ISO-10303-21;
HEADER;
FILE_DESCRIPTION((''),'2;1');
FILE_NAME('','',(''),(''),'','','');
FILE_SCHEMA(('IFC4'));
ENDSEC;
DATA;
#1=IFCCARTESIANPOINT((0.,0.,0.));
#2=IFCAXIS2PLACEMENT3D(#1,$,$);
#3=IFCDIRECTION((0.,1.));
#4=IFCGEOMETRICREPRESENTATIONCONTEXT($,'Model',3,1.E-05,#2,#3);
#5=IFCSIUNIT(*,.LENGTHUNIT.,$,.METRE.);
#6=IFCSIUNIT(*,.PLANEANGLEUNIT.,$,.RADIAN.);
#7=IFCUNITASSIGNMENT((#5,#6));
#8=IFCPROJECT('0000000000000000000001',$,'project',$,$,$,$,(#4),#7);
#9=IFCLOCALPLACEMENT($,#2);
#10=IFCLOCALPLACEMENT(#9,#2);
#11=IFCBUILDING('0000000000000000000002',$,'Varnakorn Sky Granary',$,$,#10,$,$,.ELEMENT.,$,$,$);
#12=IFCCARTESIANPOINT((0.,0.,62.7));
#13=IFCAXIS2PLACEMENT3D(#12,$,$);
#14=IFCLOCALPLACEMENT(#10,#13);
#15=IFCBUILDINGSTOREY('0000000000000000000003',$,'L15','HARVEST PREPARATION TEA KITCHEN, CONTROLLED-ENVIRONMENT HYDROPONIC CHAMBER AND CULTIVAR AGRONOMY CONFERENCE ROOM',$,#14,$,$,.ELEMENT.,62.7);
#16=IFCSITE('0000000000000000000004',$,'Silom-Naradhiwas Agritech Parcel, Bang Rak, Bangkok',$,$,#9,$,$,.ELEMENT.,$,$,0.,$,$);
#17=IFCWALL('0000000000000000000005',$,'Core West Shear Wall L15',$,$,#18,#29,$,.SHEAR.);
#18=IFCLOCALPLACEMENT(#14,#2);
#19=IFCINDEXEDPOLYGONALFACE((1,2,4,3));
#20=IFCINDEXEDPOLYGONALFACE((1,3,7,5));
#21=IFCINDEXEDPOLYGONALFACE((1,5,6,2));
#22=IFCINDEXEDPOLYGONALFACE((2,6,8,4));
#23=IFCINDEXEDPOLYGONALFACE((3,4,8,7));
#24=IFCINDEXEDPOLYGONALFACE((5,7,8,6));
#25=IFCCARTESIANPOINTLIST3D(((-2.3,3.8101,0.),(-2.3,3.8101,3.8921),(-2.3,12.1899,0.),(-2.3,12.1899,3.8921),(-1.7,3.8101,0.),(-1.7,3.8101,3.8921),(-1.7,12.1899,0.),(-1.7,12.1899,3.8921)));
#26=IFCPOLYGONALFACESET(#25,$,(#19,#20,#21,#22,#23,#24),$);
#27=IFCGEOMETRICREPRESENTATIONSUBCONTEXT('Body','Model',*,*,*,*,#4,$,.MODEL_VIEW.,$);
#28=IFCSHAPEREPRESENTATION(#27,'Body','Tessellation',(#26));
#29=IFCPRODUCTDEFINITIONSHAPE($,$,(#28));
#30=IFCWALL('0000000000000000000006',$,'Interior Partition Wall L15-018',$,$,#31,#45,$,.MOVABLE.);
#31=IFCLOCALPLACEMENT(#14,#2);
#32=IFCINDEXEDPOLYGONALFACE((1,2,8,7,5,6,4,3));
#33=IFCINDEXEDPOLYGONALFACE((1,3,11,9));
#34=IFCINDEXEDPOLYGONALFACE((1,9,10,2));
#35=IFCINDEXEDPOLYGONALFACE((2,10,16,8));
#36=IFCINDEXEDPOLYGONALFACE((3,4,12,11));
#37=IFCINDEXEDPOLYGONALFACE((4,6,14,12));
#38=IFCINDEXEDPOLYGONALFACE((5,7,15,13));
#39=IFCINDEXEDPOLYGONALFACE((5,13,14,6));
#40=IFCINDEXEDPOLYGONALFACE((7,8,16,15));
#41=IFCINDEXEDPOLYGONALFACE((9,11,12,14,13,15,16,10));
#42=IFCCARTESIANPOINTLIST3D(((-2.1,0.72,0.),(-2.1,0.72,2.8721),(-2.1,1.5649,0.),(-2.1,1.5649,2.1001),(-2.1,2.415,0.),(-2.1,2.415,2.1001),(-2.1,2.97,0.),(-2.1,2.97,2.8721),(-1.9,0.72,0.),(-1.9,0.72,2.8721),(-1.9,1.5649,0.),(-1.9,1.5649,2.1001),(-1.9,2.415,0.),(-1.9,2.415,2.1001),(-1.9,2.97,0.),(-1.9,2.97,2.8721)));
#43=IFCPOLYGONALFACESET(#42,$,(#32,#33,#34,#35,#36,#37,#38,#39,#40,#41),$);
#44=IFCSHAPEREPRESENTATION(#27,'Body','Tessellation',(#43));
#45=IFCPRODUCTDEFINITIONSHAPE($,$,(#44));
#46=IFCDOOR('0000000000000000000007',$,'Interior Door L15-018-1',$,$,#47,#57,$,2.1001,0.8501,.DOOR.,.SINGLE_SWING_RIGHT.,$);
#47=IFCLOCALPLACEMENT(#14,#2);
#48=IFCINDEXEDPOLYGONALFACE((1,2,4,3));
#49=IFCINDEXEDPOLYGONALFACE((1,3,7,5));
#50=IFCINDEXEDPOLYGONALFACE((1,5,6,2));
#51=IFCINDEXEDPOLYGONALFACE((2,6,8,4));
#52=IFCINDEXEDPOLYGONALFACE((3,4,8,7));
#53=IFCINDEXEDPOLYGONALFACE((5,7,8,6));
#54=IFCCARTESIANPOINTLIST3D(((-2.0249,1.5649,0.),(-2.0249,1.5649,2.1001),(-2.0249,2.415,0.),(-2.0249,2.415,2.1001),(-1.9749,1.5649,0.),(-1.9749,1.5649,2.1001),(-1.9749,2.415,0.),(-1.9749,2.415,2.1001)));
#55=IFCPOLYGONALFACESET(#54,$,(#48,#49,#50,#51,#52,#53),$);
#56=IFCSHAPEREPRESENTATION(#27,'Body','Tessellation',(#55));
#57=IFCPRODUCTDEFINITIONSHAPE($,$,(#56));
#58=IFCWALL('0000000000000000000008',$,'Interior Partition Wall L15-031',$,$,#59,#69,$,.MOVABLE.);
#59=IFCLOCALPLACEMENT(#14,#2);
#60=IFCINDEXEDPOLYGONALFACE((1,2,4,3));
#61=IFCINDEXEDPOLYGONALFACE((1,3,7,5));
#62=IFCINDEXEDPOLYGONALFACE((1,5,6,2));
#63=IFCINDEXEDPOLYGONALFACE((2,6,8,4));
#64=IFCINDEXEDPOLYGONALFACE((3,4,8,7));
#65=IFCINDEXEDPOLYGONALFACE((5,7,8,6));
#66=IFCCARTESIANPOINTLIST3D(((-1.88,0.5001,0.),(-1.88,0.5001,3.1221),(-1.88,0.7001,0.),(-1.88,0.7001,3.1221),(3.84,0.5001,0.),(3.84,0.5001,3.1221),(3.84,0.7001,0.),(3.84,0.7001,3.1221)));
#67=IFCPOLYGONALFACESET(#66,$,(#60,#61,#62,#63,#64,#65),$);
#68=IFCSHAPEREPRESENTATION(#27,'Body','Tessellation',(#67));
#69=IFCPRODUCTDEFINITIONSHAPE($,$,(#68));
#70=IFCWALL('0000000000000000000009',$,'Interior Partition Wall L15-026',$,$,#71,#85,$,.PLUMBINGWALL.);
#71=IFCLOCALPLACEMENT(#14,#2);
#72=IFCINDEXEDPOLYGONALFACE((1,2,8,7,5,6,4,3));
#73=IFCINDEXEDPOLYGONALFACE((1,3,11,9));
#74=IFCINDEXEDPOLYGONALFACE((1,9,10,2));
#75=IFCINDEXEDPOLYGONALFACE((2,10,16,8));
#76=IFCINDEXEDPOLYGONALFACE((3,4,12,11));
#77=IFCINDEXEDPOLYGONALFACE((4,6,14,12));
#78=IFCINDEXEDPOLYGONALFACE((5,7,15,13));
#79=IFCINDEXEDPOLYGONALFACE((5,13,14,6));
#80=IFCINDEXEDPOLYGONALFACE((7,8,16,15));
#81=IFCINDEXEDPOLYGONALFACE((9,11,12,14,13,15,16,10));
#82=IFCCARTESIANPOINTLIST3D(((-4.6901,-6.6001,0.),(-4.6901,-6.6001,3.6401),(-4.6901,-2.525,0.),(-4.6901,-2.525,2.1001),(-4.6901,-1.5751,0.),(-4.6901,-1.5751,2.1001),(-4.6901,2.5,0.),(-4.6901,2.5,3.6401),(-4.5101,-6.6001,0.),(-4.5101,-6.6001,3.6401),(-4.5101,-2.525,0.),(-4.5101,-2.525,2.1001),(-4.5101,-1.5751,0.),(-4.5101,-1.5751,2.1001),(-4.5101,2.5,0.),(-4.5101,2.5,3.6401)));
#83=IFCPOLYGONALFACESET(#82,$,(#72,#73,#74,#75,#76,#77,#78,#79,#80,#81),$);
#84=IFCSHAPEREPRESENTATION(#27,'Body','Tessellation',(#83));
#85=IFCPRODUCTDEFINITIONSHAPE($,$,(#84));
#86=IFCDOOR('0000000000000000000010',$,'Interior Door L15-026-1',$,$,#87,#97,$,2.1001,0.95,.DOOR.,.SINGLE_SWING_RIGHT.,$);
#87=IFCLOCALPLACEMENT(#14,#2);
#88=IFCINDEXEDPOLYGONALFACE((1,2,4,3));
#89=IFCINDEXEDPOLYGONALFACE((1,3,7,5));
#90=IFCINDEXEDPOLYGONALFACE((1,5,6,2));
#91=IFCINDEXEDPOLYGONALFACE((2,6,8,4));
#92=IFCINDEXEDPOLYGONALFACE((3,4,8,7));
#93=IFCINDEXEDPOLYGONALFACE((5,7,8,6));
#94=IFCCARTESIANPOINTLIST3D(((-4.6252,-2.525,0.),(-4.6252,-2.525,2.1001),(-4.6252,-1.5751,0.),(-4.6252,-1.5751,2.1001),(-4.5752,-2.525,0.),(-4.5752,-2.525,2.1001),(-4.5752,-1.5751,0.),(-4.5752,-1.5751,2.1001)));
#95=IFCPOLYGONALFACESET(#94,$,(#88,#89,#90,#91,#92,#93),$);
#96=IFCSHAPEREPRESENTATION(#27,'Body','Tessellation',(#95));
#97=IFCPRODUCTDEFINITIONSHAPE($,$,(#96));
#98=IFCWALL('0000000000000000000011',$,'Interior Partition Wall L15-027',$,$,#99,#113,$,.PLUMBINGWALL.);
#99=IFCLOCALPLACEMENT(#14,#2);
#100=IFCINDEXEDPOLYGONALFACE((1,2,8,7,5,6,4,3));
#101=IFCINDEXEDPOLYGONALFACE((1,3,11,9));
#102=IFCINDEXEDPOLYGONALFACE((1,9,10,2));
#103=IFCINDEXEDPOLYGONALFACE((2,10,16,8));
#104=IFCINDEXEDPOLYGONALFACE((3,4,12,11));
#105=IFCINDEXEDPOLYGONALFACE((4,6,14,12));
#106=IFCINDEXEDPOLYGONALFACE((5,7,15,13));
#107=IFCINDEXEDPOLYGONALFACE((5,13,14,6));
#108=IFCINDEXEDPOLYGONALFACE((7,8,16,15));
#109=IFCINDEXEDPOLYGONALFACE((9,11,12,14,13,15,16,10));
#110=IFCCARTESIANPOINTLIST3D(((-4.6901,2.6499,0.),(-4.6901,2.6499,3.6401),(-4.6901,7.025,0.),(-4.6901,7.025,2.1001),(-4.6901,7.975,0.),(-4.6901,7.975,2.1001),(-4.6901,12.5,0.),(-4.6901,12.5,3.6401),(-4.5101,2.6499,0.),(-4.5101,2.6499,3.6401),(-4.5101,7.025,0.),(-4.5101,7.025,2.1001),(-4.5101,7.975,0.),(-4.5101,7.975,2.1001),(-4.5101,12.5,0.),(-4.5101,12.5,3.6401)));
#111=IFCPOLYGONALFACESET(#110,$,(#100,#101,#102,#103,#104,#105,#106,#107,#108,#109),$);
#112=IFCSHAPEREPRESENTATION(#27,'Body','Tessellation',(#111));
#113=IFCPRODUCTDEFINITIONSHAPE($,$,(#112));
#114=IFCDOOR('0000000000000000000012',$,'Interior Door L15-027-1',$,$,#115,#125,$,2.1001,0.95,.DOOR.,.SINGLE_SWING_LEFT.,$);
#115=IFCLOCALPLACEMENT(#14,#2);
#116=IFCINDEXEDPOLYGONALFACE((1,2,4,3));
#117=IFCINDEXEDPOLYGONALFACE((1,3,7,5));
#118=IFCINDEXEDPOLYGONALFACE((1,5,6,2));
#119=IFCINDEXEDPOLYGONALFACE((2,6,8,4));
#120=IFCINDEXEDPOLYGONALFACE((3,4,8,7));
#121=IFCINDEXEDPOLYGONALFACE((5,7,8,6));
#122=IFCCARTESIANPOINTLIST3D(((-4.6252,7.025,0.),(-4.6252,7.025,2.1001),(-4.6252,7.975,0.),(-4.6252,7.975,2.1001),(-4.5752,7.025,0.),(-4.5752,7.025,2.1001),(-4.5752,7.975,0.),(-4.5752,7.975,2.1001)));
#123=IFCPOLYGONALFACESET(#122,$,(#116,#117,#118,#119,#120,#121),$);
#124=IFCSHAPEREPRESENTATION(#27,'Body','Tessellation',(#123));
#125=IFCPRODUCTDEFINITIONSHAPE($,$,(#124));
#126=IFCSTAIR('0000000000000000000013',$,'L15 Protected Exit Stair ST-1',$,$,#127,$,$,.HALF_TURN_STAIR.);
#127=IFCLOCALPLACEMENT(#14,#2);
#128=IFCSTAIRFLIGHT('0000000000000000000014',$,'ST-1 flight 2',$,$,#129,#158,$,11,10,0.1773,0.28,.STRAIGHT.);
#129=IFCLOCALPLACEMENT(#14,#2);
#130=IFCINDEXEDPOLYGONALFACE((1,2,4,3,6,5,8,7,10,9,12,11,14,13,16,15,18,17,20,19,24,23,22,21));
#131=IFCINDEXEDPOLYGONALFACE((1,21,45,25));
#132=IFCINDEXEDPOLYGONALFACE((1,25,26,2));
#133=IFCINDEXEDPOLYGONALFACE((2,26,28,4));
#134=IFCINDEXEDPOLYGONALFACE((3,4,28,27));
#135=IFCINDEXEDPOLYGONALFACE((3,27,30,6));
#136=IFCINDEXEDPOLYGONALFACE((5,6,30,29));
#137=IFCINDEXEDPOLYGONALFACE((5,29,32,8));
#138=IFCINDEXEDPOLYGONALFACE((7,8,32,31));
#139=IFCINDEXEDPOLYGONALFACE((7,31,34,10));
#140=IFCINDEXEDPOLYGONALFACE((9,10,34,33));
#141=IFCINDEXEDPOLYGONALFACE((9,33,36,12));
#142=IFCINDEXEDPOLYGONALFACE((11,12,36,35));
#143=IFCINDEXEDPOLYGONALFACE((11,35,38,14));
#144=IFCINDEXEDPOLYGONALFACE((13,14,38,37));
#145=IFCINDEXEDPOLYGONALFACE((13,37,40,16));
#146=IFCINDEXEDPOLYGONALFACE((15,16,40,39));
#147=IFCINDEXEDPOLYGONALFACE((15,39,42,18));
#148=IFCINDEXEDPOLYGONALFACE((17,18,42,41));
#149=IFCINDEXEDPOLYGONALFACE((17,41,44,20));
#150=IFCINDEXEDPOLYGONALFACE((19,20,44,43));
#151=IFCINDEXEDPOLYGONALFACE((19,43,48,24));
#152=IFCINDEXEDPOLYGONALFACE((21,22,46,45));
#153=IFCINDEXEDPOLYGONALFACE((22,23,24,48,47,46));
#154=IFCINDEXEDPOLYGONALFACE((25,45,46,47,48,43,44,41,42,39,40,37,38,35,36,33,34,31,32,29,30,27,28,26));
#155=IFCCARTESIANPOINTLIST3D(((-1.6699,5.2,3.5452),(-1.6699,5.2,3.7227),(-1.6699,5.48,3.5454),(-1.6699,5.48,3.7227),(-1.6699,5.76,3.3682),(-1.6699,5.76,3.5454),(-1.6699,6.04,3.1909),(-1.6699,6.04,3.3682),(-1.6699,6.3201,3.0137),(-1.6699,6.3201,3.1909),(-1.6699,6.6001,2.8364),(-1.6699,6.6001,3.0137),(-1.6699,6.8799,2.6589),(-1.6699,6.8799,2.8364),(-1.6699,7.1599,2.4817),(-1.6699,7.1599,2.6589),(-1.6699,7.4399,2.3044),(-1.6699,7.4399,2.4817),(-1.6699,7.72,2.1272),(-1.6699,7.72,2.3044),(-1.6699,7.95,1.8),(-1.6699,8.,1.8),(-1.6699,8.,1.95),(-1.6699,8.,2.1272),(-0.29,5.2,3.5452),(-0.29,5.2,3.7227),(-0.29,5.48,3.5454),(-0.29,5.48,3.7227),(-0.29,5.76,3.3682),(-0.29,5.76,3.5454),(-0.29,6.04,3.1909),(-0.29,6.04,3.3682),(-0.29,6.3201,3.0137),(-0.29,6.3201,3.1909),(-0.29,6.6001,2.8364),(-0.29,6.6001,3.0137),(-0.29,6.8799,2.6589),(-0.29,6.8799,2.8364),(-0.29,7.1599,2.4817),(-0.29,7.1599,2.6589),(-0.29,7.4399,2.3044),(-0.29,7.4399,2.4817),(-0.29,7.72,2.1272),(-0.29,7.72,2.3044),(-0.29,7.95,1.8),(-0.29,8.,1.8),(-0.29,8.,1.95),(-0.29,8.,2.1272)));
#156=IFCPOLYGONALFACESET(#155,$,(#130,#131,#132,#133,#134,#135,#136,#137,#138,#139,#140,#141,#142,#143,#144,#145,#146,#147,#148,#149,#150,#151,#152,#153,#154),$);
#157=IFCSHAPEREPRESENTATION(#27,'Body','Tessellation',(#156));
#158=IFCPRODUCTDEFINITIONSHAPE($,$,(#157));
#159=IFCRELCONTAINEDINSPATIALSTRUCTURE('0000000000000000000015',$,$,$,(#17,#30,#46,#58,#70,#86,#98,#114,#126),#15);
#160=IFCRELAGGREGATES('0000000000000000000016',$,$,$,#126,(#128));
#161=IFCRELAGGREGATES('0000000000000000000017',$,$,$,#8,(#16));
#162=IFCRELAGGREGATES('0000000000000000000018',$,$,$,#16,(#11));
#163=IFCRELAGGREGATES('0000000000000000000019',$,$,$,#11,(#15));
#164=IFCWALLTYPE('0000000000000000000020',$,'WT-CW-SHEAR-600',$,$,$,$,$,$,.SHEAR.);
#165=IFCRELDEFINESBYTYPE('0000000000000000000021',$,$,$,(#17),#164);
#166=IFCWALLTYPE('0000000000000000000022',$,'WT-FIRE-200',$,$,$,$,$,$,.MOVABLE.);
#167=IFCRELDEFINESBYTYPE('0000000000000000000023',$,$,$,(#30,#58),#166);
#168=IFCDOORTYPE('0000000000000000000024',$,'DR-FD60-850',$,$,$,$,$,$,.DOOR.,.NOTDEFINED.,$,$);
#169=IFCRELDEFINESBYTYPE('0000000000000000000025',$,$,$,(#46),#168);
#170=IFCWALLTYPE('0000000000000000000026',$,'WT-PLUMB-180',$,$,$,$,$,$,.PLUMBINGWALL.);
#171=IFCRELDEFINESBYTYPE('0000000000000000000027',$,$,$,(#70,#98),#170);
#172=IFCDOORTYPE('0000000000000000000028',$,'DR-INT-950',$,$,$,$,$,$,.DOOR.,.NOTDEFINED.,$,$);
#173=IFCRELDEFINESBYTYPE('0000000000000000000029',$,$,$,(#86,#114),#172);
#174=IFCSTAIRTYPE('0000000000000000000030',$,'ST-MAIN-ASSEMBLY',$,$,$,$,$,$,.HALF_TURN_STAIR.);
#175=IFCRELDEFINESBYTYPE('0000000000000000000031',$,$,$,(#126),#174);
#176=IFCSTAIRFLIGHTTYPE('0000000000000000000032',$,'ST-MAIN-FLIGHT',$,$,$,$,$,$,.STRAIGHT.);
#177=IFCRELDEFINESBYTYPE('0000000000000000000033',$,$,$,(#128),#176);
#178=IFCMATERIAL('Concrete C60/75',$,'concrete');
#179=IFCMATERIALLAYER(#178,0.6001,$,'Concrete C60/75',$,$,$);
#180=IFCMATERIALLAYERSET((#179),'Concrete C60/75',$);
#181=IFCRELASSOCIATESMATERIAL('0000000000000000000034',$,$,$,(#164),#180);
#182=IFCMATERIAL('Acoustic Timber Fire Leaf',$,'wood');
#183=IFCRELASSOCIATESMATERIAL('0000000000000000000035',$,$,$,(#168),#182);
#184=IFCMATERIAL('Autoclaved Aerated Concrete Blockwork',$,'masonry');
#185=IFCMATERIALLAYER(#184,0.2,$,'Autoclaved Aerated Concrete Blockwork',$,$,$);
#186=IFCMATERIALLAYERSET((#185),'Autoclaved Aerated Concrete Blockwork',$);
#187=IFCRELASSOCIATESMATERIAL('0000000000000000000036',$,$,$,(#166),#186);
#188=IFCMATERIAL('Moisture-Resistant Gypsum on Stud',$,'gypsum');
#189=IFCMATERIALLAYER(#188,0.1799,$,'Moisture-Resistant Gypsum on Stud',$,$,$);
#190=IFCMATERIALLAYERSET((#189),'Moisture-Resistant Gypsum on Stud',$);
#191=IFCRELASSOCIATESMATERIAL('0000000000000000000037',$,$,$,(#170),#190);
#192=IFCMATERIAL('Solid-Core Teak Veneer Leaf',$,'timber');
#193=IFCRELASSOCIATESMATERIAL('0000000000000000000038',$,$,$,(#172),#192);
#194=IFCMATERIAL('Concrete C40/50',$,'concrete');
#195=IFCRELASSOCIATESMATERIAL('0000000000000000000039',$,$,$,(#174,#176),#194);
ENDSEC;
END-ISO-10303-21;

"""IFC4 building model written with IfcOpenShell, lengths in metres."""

from ifc_helpers import new_model, si_unit, direction, frame, frame_2d, origin, place, context, subcontext, project, spatial, polyline, rectangle, outline, extrude, material, layer, layer_set, type_object, element, fill, aggregate, save


model = new_model("IFC4")

# Units and contexts
model_context = context("Model", 3, precision=1e-05, world=origin(), true_north=direction((0.0, 1.0)))
body_context = subcontext(model_context, "Body", "Model", "MODEL_VIEW")
ifc_project = project(units=[si_unit("LENGTHUNIT", "METRE"), si_unit("PLANEANGLEUNIT", "RADIAN")], contexts=[model_context])

# Site, building, storey
site_placement = place(None, origin())
site = spatial("IfcSite", under=ifc_project, at=site_placement, Name="Silom-Naradhiwas Agritech Parcel, Bang Rak, Bangkok", CompositionType="ELEMENT", RefElevation=0.0)
building_placement = place(site_placement, origin())
building = spatial("IfcBuilding", under=site, at=building_placement, Name="Varnakorn Sky Granary", CompositionType="ELEMENT")
storey_placement = place(building_placement, frame((0.0, 0.0, 62.7)))
storey = spatial("IfcBuildingStorey", under=building, at=storey_placement, Name="L15", Description="HARVEST PREPARATION TEA KITCHEN, CONTROLLED-ENVIRONMENT HYDROPONIC CHAMBER AND CULTIVAR AGRONOMY CONFERENCE ROOM", CompositionType="ELEMENT", Elevation=62.7)

# Shared definitions
ifc_material_1 = material(Name="Concrete C60/75", Category="concrete")

# Shared definitions
ifc_layer_1 = layer(ifc_material_1, 0.6001, Name="Concrete C60/75")
ifc_layer_set_1 = layer_set([ifc_layer_1], Name="Concrete C60/75")
wall_type_1 = type_object("IfcWallType", Name="WT-CW-SHEAR-600", PredefinedType="SHEAR", material=ifc_layer_set_1)

# Shared definitions
ifc_material_2 = material(Name="Acoustic Timber Fire Leaf", Category="wood")
door_type_1 = type_object("IfcDoorType", Name="DR-FD60-850", OperationType="NOTDEFINED", PredefinedType="DOOR", material=ifc_material_2)

# Wall
wall_1_placement = place(storey_placement, frame((-2.0, 3.8101, 0.0), z_axis=(0.0, 0.0, 1.0), x_axis=(0.0, 1.0, 0.0)))
element("IfcWall", 1, at=wall_1_placement, inside=storey, type_object=wall_type_1, Name="Core West Shear Wall L15", PredefinedType="SHEAR", context=body_context, shape_type="SweptSolid", body=[
    extrude(rectangle(XDim=8.3799, YDim=0.6001, at=frame_2d((4.1899, 0.0))), origin(), (0.0, 0.0, 1.0), 3.8921),
])

# Wall, opening, door
ifc_material_3 = material(Name="Autoclaved Aerated Concrete Blockwork", Category="masonry")
ifc_layer_2 = layer(ifc_material_3, 0.2, Name="Autoclaved Aerated Concrete Blockwork")
ifc_layer_set_2 = layer_set([ifc_layer_2], Name="Autoclaved Aerated Concrete Blockwork")
wall_type_2 = type_object("IfcWallType", Name="WT-FIRE-200", PredefinedType="MOVABLE", material=ifc_layer_set_2)
wall_2_placement = place(storey_placement, frame((-2.0, 0.72, 0.0), z_axis=(0.0, 0.0, 1.0), x_axis=(0.0, 1.0, 0.0)))
wall_2 = element("IfcWall", 2, at=wall_2_placement, inside=storey, type_object=wall_type_2, Name="Interior Partition Wall L15-018", PredefinedType="MOVABLE", context=body_context, shape_type="SweptSolid", body=[
    extrude(rectangle(XDim=2.25, YDim=0.2, at=frame_2d((1.125, 0.0))), origin(), (0.0, 0.0, 1.0), 2.8721),
])
opening_1_placement = place(wall_2_placement, frame((0.845, 0.0, 0.0)))
opening_1 = element("IfcOpeningElement", 3, at=opening_1_placement, cuts=wall_2, PredefinedType="OPENING", context=body_context, shape_type="SweptSolid", body=[
    extrude(rectangle(XDim=0.8501, YDim=2.1001, at=frame_2d((0.425, 1.05))), frame((0.0, 0.1099, 0.0), z_axis=(0.0, -1.0, 0.0), x_axis=(1.0, 0.0, 0.0)), (0.0, 0.0, 1.0), 0.22),
])
door_1_placement = place(opening_1_placement, origin())
door_1 = element("IfcDoor", 4, at=door_1_placement, inside=storey, type_object=door_type_1, Name="Interior Door L15-018-1", OperationType="SINGLE_SWING_RIGHT", OverallHeight=2.1001, OverallWidth=0.8501, PredefinedType="DOOR", context=body_context, shape_type="SweptSolid", body=[
    extrude(rectangle(XDim=0.8501, YDim=2.1001, at=frame_2d((0.425, 1.05))), frame((0.0, 0.0249, 0.0), z_axis=(0.0, -1.0, 0.0), x_axis=(1.0, 0.0, 0.0)), (0.0, 0.0, 1.0), 0.05),
])
fill(opening_1, door_1)

# Wall
wall_3_placement = place(storey_placement, frame((-1.8799, 0.6001, 0.0), z_axis=(0.0, 0.0, 1.0), x_axis=(1.0, 0.0, 0.0)))
element("IfcWall", 5, at=wall_3_placement, inside=storey, type_object=wall_type_2, Name="Interior Partition Wall L15-031", PredefinedType="MOVABLE", context=body_context, shape_type="SweptSolid", body=[
    extrude(rectangle(XDim=5.72, YDim=0.2, at=frame_2d((2.8599, 0.0))), origin(), (0.0, 0.0, 1.0), 3.1221),
])

# Walls, openings, doors
ifc_material_4 = material(Name="Moisture-Resistant Gypsum on Stud", Category="gypsum")
ifc_layer_3 = layer(ifc_material_4, 0.1799, Name="Moisture-Resistant Gypsum on Stud")
ifc_layer_set_3 = layer_set([ifc_layer_3], Name="Moisture-Resistant Gypsum on Stud")
wall_type_3 = type_object("IfcWallType", Name="WT-PLUMB-180", PredefinedType="PLUMBINGWALL", material=ifc_layer_set_3)
wall_4_placement = place(storey_placement, frame((-4.6001, 2.5, 0.0), z_axis=(0.0, 0.0, 1.0), x_axis=(0.0, -1.0, 0.0)))
wall_4 = element("IfcWall", 6, at=wall_4_placement, inside=storey, type_object=wall_type_3, Name="Interior Partition Wall L15-026", PredefinedType="PLUMBINGWALL", context=body_context, shape_type="SweptSolid", body=[
    extrude(rectangle(XDim=9.1001, YDim=0.1799, at=frame_2d((4.55, 0.0))), origin(), (0.0, 0.0, 1.0), 3.6401),
])
opening_2_placement = place(wall_4_placement, frame((4.075, 0.0, 0.0)))
opening_2 = element("IfcOpeningElement", 7, at=opening_2_placement, cuts=wall_4, PredefinedType="OPENING", context=body_context, shape_type="SweptSolid", body=[
    extrude(rectangle(XDim=0.95, YDim=2.1001, at=frame_2d((0.4751, 1.05))), frame((0.0, 0.1001, 0.0), z_axis=(0.0, -1.0, 0.0), x_axis=(1.0, 0.0, 0.0)), (0.0, 0.0, 1.0), 0.2),
])
ifc_material_5 = material(Name="Solid-Core Teak Veneer Leaf", Category="timber")
door_type_2 = type_object("IfcDoorType", Name="DR-INT-950", OperationType="NOTDEFINED", PredefinedType="DOOR", material=ifc_material_5)
door_2_placement = place(opening_2_placement, origin())
door_2 = element("IfcDoor", 8, at=door_2_placement, inside=storey, type_object=door_type_2, Name="Interior Door L15-026-1", OperationType="SINGLE_SWING_RIGHT", OverallHeight=2.1001, OverallWidth=0.95, PredefinedType="DOOR", context=body_context, shape_type="SweptSolid", body=[
    extrude(rectangle(XDim=0.95, YDim=2.1001, at=frame_2d((0.4751, 1.05))), frame((0.0, 0.0249, 0.0), z_axis=(0.0, -1.0, 0.0), x_axis=(1.0, 0.0, 0.0)), (0.0, 0.0, 1.0), 0.05),
])
fill(opening_2, door_2)
wall_5_placement = place(storey_placement, frame((-4.6001, 12.5, 0.0), z_axis=(0.0, 0.0, 1.0), x_axis=(0.0, -1.0, 0.0)))
wall_5 = element("IfcWall", 9, at=wall_5_placement, inside=storey, type_object=wall_type_3, Name="Interior Partition Wall L15-027", PredefinedType="PLUMBINGWALL", context=body_context, shape_type="SweptSolid", body=[
    extrude(rectangle(XDim=9.8501, YDim=0.1799, at=frame_2d((4.925, 0.0))), origin(), (0.0, 0.0, 1.0), 3.6401),
])
opening_3_placement = place(wall_5_placement, frame((4.5249, 0.0, 0.0)))
opening_3 = element("IfcOpeningElement", 10, at=opening_3_placement, cuts=wall_5, PredefinedType="OPENING", context=body_context, shape_type="SweptSolid", body=[
    extrude(rectangle(XDim=0.95, YDim=2.1001, at=frame_2d((0.4751, 1.05))), frame((0.0, 0.1001, 0.0), z_axis=(0.0, -1.0, 0.0), x_axis=(1.0, 0.0, 0.0)), (0.0, 0.0, 1.0), 0.2),
])
door_3_placement = place(opening_3_placement, origin())
door_3 = element("IfcDoor", 11, at=door_3_placement, inside=storey, type_object=door_type_2, Name="Interior Door L15-027-1", OperationType="SINGLE_SWING_LEFT", OverallHeight=2.1001, OverallWidth=0.95, PredefinedType="DOOR", context=body_context, shape_type="SweptSolid", body=[
    extrude(rectangle(XDim=0.95, YDim=2.1001, at=frame_2d((0.4751, 1.05))), frame((0.0, 0.0249, 0.0), z_axis=(0.0, -1.0, 0.0), x_axis=(1.0, 0.0, 0.0)), (0.0, 0.0, 1.0), 0.05),
])
fill(opening_3, door_3)

# Stair, stair flight
ifc_material_6 = material(Name="Concrete C40/50", Category="concrete")
stair_type = type_object("IfcStairType", Name="ST-MAIN-ASSEMBLY", PredefinedType="HALF_TURN_STAIR", material=ifc_material_6)
stair_placement = place(storey_placement, origin())
stair = element("IfcStair", 12, at=stair_placement, inside=storey, type_object=stair_type, Name="L15 Protected Exit Stair ST-1", PredefinedType="HALF_TURN_STAIR")
stair_flight_type = type_object("IfcStairFlightType", Name="ST-MAIN-FLIGHT", PredefinedType="STRAIGHT", material=ifc_material_6)
stair_flight_placement = place(storey_placement, frame((-0.98, 8.0, 1.95), z_axis=(0.0, 0.0, 1.0), x_axis=(0.0, -1.0, 0.0)))
stair_flight = element("IfcStairFlight", 13, at=stair_flight_placement, type_object=stair_flight_type, Name="ST-1 flight 2", NumberOfRisers=11, NumberOfTreads=10, PredefinedType="STRAIGHT", RiserHeight=0.1773, TreadLength=0.28, context=body_context, shape_type="SweptSolid", body=[
    extrude(outline(polyline([(0.0, -0.1499), (0.0, 0.0), (0.0, 0.1772), (0.28, 0.1772), (0.28, 0.3545), (0.5601, 0.3545), (0.5601, 0.5317), (0.8401, 0.5317), (0.8401, 0.709), (1.1201, 0.709), (1.1201, 0.8865), (1.3999, 0.8865), (1.3999, 1.0637), (1.6799, 1.0637), (1.6799, 1.241), (1.96, 1.241), (1.96, 1.4182), (2.24, 1.4182), (2.24, 1.5955), (2.52, 1.5955), (2.52, 1.7727), (2.8, 1.7727), (2.8, 1.95), (2.8, 1.5952), (0.05, -0.1499), (0.0, -0.1499)])), frame((0.0, 0.6899, 0.0), z_axis=(0.0, -1.0, 0.0), x_axis=(1.0, 0.0, 0.0)), (0.0, 0.0, 1.0), 1.3799),
])
aggregate(stair, [stair_flight])

save(model, "model.ifc")
